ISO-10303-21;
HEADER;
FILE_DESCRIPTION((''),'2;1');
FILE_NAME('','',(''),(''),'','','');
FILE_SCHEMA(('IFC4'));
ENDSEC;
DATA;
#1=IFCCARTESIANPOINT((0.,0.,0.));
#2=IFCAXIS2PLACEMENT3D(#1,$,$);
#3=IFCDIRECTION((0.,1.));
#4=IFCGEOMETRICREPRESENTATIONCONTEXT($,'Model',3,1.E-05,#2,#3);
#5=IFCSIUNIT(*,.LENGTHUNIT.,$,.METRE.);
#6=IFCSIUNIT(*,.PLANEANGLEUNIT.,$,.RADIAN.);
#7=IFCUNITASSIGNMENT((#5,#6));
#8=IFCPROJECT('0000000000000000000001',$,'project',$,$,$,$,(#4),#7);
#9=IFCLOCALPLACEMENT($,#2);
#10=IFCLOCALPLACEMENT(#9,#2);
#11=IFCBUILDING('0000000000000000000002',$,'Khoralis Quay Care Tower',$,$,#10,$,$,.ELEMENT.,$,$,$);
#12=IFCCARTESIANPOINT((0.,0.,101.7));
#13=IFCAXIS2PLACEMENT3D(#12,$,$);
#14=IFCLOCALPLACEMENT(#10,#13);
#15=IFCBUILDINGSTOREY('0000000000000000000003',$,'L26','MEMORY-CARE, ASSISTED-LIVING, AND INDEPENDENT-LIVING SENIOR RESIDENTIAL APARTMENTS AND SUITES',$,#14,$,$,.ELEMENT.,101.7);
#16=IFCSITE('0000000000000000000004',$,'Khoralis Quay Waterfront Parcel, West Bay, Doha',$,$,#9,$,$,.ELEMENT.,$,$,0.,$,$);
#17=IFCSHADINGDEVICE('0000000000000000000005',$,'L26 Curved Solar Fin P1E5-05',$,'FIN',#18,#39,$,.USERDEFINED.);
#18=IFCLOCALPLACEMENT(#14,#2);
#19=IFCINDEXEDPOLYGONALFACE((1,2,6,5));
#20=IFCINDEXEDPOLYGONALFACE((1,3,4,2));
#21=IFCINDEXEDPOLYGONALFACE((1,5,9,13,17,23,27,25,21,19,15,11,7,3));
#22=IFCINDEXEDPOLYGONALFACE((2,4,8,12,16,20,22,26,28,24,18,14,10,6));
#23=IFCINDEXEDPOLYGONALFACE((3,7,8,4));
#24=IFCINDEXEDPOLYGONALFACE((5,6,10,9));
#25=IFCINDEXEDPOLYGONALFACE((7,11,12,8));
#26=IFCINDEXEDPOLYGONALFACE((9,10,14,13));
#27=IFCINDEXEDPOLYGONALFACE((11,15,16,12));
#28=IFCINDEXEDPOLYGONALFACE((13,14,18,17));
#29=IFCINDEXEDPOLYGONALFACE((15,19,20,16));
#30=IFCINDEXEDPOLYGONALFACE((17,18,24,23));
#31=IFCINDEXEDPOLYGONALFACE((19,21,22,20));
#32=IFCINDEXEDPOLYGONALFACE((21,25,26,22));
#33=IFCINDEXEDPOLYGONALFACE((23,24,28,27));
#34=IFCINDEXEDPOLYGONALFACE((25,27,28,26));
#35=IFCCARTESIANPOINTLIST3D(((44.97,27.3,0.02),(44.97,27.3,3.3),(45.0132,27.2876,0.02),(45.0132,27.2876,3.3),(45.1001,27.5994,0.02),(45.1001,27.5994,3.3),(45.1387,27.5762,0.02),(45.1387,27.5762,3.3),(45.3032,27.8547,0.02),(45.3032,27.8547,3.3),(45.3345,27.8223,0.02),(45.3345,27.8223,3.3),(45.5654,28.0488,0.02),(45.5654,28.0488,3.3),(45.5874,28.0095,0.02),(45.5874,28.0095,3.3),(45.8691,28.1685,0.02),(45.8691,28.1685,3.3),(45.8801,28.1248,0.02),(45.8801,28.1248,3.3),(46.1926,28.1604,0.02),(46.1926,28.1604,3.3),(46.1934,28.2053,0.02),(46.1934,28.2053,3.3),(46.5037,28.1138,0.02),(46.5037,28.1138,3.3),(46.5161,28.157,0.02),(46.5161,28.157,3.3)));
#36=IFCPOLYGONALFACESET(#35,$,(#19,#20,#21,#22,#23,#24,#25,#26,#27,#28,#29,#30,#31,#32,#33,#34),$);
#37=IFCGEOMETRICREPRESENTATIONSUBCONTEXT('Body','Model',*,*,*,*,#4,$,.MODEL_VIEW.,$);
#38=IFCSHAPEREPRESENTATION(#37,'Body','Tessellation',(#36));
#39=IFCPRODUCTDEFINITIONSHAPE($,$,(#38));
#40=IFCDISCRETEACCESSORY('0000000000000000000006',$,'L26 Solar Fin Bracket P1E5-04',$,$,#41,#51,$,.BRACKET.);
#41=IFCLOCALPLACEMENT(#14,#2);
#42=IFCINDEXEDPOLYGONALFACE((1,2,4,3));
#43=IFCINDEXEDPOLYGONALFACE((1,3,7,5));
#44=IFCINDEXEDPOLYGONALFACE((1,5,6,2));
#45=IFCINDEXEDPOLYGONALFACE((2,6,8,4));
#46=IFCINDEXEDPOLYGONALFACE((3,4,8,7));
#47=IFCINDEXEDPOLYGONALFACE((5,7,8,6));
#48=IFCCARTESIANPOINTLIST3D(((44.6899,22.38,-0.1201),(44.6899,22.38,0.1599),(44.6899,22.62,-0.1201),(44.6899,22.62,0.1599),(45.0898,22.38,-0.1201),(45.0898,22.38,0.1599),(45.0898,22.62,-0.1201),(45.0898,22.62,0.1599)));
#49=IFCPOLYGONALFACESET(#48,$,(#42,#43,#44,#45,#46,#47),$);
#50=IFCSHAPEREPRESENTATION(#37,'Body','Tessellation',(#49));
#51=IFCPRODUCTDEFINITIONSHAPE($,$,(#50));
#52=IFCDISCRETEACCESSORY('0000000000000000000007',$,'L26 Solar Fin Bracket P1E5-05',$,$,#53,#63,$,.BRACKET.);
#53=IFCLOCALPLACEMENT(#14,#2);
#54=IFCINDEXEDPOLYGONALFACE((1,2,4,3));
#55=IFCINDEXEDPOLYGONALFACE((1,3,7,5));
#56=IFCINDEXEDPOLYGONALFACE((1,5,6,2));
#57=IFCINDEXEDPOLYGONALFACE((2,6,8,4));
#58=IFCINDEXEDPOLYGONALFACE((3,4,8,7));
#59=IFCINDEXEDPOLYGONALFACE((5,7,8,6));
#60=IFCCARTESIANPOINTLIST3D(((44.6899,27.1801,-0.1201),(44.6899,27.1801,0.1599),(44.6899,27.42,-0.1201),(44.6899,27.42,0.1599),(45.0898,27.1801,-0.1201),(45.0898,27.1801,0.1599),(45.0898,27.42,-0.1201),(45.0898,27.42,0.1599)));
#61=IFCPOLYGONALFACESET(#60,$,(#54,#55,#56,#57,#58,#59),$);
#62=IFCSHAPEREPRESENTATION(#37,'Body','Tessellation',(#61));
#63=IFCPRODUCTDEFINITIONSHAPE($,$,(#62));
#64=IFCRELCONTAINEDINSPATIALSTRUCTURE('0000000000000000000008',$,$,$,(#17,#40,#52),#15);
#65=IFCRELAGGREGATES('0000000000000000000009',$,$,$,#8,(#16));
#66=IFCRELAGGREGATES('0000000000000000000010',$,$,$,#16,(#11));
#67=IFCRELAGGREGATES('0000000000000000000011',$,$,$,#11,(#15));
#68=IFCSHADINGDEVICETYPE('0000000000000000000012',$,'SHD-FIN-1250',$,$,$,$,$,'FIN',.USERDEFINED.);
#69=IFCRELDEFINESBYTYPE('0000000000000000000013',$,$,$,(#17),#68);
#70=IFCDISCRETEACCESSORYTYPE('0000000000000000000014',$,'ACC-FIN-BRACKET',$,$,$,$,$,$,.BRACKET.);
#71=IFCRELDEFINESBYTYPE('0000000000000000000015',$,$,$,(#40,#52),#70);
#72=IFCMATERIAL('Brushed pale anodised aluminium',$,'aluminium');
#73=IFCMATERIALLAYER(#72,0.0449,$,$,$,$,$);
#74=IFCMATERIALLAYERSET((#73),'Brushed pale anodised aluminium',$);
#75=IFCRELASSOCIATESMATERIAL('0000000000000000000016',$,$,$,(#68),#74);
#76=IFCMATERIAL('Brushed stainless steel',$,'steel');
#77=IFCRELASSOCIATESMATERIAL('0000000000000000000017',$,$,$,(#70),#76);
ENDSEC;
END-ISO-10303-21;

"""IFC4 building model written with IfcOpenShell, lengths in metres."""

from ifc_helpers import new_model, si_unit, direction, frame, origin, origin_2d, place, context, subcontext, project, spatial, polyline, rectangle, outline, extrude, source, transform, mapped, material, layer, layer_set, type_object, element, save


model = new_model("IFC4")

# Units and contexts
model_context = context("Model", 3, precision=1e-05, world=origin(), true_north=direction((0.0, 1.0)))
body_context = subcontext(model_context, "Body", "Model", "MODEL_VIEW")
ifc_project = project(units=[si_unit("LENGTHUNIT", "METRE"), si_unit("PLANEANGLEUNIT", "RADIAN")], contexts=[model_context])

# Site, building, storey
site_placement = place(None, origin())
site = spatial("IfcSite", under=ifc_project, at=site_placement, Name="Khoralis Quay Waterfront Parcel, West Bay, Doha", CompositionType="ELEMENT", RefElevation=0.0)
building_placement = place(site_placement, origin())
building = spatial("IfcBuilding", under=site, at=building_placement, Name="Khoralis Quay Care Tower", CompositionType="ELEMENT")
storey_placement = place(building_placement, frame((0.0, 0.0, 101.7)))
storey = spatial("IfcBuildingStorey", under=building, at=storey_placement, Name="L26", Description="MEMORY-CARE, ASSISTED-LIVING, AND INDEPENDENT-LIVING SENIOR RESIDENTIAL APARTMENTS AND SUITES", CompositionType="ELEMENT", Elevation=101.7)

# Shared definitions
ifc_material_1 = material(Name="Brushed stainless steel", Category="steel")

# Shading device
ifc_material_2 = material(Name="Brushed pale anodised aluminium", Category="aluminium")
ifc_layer_1 = layer(ifc_material_2, 0.0449)
ifc_layer_set_1 = layer_set([ifc_layer_1], Name="Brushed pale anodised aluminium")
shading_device_type = type_object("IfcShadingDeviceType", Name="SHD-FIN-1250", ElementType="FIN", PredefinedType="USERDEFINED", material=ifc_layer_set_1)
shared_shape_1 = source(origin(), body_context, "Body", "SweptSolid", [
    extrude(outline(polyline([(0.0, 0.0), (0.1301, 0.2993), (0.3333, 0.5547), (0.5955, 0.7488), (0.8992, 0.8684), (1.2234, 0.9053), (1.5461, 0.8569), (1.5337, 0.8137), (1.2227, 0.8604), (0.9102, 0.8247), (0.6174, 0.7095), (0.3645, 0.5222), (0.1687, 0.2761), (0.0432, -0.0125), (0.0, 0.0)])), origin(), (0.0, 0.0, 1.0), 3.28),
])
for number, where, z_axis, x_axis, name in (
    (1, (44.97, 27.3, 0.02), (0.0, 0.0, 1.0), (1.0, 0.0, 0.0), "L26 Curved Solar Fin P1E5-05"),
):
    element("IfcShadingDevice", number, at=place(storey_placement, frame(where, z_axis=z_axis, x_axis=x_axis)), inside=storey, type_object=shading_device_type, Name=name, ObjectType="FIN", PredefinedType="USERDEFINED", context=body_context, shape_type="MappedRepresentation", body=[
        mapped(shared_shape_1, transform((0.0, 0.0, 0.0), scale=1.0)),
    ])

# Discrete accessories
discrete_accessory_type = type_object("IfcDiscreteAccessoryType", Name="ACC-FIN-BRACKET", PredefinedType="BRACKET", material=ifc_material_1)
shared_shape_2 = source(origin(), body_context, "Body", "SweptSolid", [
    extrude(rectangle(XDim=0.3999, YDim=0.24, at=origin_2d()), origin(), (0.0, 0.0, 1.0), 0.28),
])
for number, where, z_axis, x_axis, name in (
    (2, (44.8899, 22.5, -0.1201), (0.0, 0.0, 1.0), (1.0, 0.0, 0.0), "L26 Solar Fin Bracket P1E5-04"),
    (3, (44.8899, 27.3, -0.1201), (0.0, 0.0, 1.0), (1.0, 0.0, 0.0), "L26 Solar Fin Bracket P1E5-05"),
):
    element("IfcDiscreteAccessory", number, at=place(storey_placement, frame(where, z_axis=z_axis, x_axis=x_axis)), inside=storey, type_object=discrete_accessory_type, Name=name, PredefinedType="BRACKET", context=body_context, shape_type="MappedRepresentation", body=[
        mapped(shared_shape_2, transform((0.0, 0.0, 0.0), scale=1.0)),
    ])

save(model, "model.ifc")
